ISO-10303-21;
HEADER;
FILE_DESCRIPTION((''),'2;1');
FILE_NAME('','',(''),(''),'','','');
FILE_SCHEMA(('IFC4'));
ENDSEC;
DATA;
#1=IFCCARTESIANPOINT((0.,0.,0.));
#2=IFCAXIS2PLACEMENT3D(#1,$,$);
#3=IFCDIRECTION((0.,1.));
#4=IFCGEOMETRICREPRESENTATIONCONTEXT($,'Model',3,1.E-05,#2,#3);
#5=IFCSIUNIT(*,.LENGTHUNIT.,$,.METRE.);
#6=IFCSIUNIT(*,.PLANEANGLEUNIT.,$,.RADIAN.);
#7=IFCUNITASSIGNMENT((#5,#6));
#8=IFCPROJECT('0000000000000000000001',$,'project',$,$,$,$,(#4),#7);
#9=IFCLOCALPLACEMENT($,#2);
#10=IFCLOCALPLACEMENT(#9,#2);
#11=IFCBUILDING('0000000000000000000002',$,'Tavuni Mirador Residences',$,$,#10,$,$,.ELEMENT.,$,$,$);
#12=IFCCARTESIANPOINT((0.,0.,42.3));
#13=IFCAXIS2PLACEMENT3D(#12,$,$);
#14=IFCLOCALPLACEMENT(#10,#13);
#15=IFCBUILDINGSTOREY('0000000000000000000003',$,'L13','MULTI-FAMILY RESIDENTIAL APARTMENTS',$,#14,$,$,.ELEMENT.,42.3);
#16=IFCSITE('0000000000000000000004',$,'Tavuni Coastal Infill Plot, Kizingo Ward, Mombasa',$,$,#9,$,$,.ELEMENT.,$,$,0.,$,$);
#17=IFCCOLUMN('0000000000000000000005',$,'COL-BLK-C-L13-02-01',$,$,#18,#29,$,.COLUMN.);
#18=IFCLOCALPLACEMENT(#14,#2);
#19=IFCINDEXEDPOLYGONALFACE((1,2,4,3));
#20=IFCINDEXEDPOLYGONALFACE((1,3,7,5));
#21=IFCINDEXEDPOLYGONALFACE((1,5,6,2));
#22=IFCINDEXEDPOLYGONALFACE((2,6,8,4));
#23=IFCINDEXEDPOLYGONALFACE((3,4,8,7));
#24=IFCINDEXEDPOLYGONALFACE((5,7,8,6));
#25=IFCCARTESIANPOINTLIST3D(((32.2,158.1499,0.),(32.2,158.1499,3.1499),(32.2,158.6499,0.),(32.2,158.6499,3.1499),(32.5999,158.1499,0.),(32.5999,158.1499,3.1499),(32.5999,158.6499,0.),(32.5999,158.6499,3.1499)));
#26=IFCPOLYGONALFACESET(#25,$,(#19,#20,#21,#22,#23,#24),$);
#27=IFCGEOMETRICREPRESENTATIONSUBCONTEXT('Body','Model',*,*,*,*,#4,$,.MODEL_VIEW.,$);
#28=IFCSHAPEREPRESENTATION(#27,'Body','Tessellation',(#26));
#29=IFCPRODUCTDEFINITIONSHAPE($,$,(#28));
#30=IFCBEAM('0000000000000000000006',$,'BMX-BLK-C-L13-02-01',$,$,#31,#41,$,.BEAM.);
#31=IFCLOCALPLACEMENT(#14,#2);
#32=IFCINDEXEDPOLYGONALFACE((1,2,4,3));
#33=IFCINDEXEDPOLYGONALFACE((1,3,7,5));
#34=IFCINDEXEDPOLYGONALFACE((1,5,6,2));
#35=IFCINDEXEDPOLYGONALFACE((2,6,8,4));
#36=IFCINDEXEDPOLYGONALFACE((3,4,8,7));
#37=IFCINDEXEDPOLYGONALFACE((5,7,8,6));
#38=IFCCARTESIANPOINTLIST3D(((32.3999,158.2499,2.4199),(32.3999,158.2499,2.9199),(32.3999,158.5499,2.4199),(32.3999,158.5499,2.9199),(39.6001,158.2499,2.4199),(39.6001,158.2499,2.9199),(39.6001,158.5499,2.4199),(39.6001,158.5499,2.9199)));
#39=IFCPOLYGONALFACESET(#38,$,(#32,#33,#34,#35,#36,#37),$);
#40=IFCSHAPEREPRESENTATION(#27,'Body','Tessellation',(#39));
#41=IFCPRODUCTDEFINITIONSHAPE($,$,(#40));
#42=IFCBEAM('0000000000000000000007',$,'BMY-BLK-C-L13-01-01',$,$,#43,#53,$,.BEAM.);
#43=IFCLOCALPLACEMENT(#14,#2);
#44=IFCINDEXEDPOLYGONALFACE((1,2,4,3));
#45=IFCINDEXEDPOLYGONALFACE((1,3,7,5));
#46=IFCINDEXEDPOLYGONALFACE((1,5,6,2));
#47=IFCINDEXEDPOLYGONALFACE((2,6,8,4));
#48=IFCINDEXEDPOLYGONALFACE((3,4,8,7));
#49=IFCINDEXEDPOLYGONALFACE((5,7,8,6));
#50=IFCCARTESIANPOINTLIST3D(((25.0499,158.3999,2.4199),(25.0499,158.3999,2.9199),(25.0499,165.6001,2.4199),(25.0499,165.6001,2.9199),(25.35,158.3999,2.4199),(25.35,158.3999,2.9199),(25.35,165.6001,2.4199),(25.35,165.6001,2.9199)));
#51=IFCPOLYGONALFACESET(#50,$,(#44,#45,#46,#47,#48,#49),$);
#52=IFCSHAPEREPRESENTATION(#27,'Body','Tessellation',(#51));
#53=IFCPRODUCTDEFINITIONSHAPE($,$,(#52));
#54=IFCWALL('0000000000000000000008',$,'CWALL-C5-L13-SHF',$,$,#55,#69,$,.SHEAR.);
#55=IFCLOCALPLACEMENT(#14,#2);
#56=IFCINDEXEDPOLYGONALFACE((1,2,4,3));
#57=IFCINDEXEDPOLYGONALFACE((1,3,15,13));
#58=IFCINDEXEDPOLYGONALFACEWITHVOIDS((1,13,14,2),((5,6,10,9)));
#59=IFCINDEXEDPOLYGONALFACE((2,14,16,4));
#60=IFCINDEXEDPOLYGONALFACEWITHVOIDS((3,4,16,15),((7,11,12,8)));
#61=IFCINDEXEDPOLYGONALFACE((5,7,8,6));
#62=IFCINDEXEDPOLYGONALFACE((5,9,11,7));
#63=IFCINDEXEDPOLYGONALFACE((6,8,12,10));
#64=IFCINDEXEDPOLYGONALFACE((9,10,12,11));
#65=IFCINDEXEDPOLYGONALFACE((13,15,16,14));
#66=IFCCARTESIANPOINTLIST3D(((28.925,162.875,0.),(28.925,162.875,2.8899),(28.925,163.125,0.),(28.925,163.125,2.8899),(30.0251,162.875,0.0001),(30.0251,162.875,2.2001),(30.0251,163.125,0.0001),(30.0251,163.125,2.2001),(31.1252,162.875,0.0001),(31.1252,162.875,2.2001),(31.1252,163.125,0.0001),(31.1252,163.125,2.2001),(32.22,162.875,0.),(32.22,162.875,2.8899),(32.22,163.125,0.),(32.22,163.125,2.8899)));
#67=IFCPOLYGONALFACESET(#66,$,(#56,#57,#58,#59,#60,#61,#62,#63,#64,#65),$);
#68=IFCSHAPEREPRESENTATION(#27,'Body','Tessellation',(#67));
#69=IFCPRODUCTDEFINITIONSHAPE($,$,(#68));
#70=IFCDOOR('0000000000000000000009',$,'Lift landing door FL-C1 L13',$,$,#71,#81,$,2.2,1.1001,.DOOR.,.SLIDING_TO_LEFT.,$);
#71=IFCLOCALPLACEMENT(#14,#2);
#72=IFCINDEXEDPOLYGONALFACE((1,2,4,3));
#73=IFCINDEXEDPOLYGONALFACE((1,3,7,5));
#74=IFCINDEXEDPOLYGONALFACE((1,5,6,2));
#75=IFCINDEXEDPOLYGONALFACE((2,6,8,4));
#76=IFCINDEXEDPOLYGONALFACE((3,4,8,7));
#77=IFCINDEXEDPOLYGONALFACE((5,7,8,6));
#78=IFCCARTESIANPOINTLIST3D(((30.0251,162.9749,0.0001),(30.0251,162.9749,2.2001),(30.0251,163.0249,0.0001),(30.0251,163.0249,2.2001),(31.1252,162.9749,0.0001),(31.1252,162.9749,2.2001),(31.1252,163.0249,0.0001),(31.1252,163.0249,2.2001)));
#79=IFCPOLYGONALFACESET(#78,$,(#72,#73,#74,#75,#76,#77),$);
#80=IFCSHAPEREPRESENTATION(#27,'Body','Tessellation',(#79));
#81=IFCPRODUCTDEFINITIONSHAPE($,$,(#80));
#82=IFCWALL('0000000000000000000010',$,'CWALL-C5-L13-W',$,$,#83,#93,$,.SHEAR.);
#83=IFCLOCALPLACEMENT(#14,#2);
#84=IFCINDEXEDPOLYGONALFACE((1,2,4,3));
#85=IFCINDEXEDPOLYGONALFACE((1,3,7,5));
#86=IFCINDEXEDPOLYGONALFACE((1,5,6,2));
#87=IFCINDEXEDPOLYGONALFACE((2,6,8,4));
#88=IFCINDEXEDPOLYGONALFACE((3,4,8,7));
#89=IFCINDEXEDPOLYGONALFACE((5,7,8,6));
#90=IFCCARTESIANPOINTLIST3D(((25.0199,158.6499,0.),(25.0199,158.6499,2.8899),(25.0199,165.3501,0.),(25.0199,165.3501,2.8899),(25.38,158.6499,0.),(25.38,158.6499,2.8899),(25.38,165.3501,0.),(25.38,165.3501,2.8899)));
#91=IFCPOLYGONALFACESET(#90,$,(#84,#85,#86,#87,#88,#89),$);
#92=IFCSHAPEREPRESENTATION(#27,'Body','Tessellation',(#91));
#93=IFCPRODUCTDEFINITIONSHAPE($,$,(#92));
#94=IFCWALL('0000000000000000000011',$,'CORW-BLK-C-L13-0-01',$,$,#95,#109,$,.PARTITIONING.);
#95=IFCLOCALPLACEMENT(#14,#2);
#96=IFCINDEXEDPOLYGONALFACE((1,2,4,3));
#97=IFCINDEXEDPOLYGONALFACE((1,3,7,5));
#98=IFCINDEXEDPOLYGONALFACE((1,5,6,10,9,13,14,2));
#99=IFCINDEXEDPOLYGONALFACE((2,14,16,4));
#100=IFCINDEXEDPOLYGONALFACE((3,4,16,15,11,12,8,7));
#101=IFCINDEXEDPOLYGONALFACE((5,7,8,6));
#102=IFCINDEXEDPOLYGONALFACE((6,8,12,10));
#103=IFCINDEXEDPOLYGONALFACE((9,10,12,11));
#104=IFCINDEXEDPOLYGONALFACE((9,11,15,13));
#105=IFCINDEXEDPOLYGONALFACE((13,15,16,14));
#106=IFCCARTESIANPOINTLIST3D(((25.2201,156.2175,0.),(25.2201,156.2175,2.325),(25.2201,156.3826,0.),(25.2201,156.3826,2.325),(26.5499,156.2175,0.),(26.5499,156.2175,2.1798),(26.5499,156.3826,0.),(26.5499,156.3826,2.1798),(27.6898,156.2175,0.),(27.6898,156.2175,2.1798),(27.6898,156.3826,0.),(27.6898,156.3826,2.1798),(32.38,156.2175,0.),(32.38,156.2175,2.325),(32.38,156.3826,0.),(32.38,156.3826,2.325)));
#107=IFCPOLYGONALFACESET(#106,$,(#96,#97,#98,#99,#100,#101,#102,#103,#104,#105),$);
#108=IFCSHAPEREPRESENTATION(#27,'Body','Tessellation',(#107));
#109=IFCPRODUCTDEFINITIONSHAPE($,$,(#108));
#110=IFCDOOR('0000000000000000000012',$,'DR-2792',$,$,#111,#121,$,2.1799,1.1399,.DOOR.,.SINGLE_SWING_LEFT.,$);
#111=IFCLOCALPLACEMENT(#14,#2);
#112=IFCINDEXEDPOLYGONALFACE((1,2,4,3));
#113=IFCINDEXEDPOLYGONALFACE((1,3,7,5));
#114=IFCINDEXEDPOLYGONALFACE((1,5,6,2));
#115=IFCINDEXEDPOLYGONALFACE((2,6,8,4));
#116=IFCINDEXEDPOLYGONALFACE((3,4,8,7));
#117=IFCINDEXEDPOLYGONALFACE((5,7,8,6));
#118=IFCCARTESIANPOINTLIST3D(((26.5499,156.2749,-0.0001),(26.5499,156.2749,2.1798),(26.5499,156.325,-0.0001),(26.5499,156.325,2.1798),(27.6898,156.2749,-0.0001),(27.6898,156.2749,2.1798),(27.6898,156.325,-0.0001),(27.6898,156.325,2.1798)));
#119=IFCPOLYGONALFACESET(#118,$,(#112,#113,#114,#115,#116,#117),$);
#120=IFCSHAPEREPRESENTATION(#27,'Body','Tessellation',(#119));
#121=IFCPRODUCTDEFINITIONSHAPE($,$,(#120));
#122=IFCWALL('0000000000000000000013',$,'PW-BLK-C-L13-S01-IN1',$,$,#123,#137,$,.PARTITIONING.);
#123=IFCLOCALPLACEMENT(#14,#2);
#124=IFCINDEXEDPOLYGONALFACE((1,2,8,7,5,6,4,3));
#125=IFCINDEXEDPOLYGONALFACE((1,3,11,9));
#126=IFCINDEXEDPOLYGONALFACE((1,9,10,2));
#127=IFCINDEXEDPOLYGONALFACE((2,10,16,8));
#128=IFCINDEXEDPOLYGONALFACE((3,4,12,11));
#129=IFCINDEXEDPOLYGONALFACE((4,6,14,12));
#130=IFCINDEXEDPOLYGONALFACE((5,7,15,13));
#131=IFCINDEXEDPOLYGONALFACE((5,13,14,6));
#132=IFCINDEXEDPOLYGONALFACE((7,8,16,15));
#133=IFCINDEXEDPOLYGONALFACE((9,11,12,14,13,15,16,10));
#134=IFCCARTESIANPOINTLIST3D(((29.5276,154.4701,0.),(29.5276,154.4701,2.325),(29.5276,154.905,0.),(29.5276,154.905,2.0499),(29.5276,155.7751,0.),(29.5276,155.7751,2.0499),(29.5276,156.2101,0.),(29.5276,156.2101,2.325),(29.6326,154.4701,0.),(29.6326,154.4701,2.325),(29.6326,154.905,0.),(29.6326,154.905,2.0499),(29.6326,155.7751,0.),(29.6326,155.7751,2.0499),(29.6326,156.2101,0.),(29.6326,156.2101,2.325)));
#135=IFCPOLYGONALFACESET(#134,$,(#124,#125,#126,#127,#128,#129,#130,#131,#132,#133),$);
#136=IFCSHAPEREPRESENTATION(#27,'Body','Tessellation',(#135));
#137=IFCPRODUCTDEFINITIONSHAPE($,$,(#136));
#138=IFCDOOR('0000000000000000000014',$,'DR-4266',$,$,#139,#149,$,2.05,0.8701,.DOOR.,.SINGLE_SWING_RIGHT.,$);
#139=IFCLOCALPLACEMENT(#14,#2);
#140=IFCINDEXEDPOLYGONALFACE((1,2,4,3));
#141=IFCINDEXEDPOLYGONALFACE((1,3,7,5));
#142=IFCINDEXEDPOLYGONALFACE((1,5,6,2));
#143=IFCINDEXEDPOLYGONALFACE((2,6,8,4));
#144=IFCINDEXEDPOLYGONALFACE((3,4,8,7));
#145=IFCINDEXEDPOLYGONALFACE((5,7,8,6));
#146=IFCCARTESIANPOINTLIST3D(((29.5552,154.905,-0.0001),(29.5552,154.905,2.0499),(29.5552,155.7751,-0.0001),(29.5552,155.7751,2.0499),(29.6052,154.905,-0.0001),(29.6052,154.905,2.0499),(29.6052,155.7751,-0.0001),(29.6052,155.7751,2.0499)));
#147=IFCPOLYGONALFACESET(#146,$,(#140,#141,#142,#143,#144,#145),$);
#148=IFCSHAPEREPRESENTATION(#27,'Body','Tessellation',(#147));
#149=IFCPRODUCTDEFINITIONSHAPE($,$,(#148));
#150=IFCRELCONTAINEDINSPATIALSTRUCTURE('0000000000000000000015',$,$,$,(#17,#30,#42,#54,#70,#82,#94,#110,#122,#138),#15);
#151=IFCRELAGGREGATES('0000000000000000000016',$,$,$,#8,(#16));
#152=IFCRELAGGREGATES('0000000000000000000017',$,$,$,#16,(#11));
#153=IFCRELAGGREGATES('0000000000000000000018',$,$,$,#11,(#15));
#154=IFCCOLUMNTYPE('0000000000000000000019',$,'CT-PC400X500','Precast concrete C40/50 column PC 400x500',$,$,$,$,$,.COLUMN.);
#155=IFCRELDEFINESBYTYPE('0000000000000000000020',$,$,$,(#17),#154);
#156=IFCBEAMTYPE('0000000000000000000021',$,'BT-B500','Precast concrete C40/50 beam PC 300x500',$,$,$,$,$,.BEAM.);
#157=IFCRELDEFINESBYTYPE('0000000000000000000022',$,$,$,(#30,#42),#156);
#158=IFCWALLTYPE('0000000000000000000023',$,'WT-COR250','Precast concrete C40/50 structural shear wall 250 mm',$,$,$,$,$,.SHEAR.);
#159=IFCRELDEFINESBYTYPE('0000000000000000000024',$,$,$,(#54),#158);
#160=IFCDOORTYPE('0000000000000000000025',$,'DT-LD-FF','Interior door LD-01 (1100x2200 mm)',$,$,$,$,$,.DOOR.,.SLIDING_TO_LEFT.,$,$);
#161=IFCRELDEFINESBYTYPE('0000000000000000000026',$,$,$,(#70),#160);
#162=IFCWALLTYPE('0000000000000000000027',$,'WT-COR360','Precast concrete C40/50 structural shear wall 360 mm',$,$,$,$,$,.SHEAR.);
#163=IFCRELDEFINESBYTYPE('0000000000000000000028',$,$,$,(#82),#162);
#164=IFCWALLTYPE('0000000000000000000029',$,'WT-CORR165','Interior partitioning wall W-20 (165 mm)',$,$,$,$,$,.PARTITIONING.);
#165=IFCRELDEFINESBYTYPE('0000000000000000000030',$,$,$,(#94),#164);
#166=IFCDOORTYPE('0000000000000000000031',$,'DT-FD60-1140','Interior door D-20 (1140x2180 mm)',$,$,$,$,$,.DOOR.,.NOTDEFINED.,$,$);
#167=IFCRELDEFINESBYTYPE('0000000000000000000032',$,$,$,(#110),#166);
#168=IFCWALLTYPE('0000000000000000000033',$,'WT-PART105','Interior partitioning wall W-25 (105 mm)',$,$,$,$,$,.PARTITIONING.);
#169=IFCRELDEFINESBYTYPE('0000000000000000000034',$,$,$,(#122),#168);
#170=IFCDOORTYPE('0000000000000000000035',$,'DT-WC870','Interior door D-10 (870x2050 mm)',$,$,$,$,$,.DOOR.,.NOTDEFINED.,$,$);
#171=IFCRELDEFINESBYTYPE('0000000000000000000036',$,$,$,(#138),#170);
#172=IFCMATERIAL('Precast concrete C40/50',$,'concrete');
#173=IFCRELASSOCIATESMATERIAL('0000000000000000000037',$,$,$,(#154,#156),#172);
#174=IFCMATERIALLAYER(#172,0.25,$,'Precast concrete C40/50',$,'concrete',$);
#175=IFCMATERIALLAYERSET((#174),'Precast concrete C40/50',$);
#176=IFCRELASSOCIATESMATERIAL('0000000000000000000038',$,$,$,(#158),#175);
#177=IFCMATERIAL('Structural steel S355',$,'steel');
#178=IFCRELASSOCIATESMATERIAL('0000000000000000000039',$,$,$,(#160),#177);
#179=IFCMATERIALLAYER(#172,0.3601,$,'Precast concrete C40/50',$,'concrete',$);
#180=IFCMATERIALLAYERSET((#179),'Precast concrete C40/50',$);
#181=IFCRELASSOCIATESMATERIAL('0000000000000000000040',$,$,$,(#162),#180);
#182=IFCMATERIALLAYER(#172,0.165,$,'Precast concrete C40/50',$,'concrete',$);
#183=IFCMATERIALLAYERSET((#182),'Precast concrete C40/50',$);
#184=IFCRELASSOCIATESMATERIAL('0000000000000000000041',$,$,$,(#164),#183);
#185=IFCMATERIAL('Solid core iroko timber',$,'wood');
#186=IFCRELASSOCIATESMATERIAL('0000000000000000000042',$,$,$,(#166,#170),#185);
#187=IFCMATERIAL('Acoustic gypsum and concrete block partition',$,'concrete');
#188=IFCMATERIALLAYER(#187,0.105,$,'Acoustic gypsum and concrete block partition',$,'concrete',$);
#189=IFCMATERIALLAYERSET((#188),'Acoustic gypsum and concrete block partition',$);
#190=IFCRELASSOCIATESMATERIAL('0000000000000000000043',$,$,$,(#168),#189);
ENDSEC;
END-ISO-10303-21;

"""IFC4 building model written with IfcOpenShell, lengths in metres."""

from ifc_helpers import new_model, si_unit, direction, frame, frame_2d, origin, origin_2d, place, context, subcontext, project, spatial, rectangle, extrude, material, layer, layer_set, material_profile, profile_set, type_object, element, fill, save


model = new_model("IFC4")

# Units and contexts
model_context = context("Model", 3, precision=1e-05, world=origin(), true_north=direction((0.0, 1.0)))
body_context = subcontext(model_context, "Body", "Model", "MODEL_VIEW")
ifc_project = project(units=[si_unit("LENGTHUNIT", "METRE"), si_unit("PLANEANGLEUNIT", "RADIAN")], contexts=[model_context])

# Site, building, storey
site_placement = place(None, origin())
site = spatial("IfcSite", under=ifc_project, at=site_placement, Name="Tavuni Coastal Infill Plot, Kizingo Ward, Mombasa", CompositionType="ELEMENT", RefElevation=0.0)
building_placement = place(site_placement, origin())
building = spatial("IfcBuilding", under=site, at=building_placement, Name="Tavuni Mirador Residences", CompositionType="ELEMENT")
storey_placement = place(building_placement, frame((0.0, 0.0, 42.3)))
storey = spatial("IfcBuildingStorey", under=building, at=storey_placement, Name="L13", Description="MULTI-FAMILY RESIDENTIAL APARTMENTS", CompositionType="ELEMENT", Elevation=42.3)

# Column
ifc_material_1 = material(Name="Precast concrete C40/50", Category="concrete")
ifc_material_profile_1 = material_profile(ifc_material_1, rectangle(XDim=0.3999, YDim=0.5, at=origin_2d()), Name="PC 400x500", Category="concrete")
ifc_profile_set_1 = profile_set([ifc_material_profile_1], Name="Precast concrete C40/50")
column_type = type_object("IfcColumnType", Name="CT-PC400X500", Description="Precast concrete C40/50 column PC 400x500", PredefinedType="COLUMN", material=ifc_profile_set_1)
column_placement = place(storey_placement, frame((32.3999, 158.3999, 0.0), z_axis=(0.0, 0.0, 1.0), x_axis=(1.0, 0.0, 0.0)))
element("IfcColumn", 1, at=column_placement, inside=storey, type_object=column_type, Name="COL-BLK-C-L13-02-01", PredefinedType="COLUMN", context=body_context, shape_type="SweptSolid", body=[
    extrude(rectangle(XDim=0.3999, YDim=0.5, at=origin_2d()), origin(), (0.0, 0.0, 1.0), 3.1499),
])

# Beams
ifc_material_profile_2 = material_profile(ifc_material_1, rectangle(XDim=0.3, YDim=0.5, at=origin_2d()), Name="PC 300x500", Category="concrete")
ifc_profile_set_2 = profile_set([ifc_material_profile_2], Name="Precast concrete C40/50")
beam_type = type_object("IfcBeamType", Name="BT-B500", Description="Precast concrete C40/50 beam PC 300x500", PredefinedType="BEAM", material=ifc_profile_set_2)
for number, where, z_axis, x_axis, name in (
    (2, (32.3999, 158.3999, 2.6699), (1.0, 0.0, 0.0), (0.0, 1.0, 0.0), "BMX-BLK-C-L13-02-01"),
    (3, (25.2, 158.3999, 2.6699), (0.0, 1.0, 0.0), (-1.0, 0.0, 0.0), "BMY-BLK-C-L13-01-01"),
):
    element("IfcBeam", number, at=place(storey_placement, frame(where, z_axis=z_axis, x_axis=x_axis)), inside=storey, type_object=beam_type, Name=name, PredefinedType="BEAM", context=body_context, shape_type="SweptSolid", body=[
        extrude(rectangle(XDim=0.3, YDim=0.5, at=origin_2d()), origin(), (0.0, 0.0, 1.0), 7.2002),
    ])

# Wall, opening, door
ifc_layer_1 = layer(ifc_material_1, 0.25, Name="Precast concrete C40/50", Category="concrete")
ifc_layer_set_1 = layer_set([ifc_layer_1], Name="Precast concrete C40/50")
wall_type_1 = type_object("IfcWallType", Name="WT-COR250", Description="Precast concrete C40/50 structural shear wall 250 mm", PredefinedType="SHEAR", material=ifc_layer_set_1)
ifc_material_2 = material(Name="Solid core iroko timber", Category="wood")
wall_1_placement = place(storey_placement, frame((28.925, 163.0, 0.0), z_axis=(0.0, 0.0, 1.0), x_axis=(1.0, 0.0, 0.0)))
wall_1 = element("IfcWall", 4, at=wall_1_placement, inside=storey, type_object=wall_type_1, Name="CWALL-C5-L13-SHF", PredefinedType="SHEAR", context=body_context, shape_type="SweptSolid", body=[
    extrude(rectangle(XDim=3.2949, YDim=0.25, at=frame_2d((1.6475, 0.0))), origin(), (0.0, 0.0, 1.0), 2.8899),
])
opening_1_placement = place(wall_1_placement, frame((1.1001, 0.0, 0.0)))
opening_1 = element("IfcOpeningElement", 5, at=opening_1_placement, cuts=wall_1, PredefinedType="OPENING", context=body_context, shape_type="SweptSolid", body=[
    extrude(rectangle(XDim=1.1001, YDim=2.2, at=frame_2d((0.55, 1.1001))), frame((0.0, 0.135, 0.0), z_axis=(0.0, -1.0, 0.0), x_axis=(1.0, 0.0, 0.0)), (0.0, 0.0, 1.0), 0.27),
])
ifc_material_3 = material(Name="Structural steel S355", Category="steel")
door_type_1 = type_object("IfcDoorType", Name="DT-LD-FF", Description="Interior door LD-01 (1100x2200 mm)", OperationType="SLIDING_TO_LEFT", PredefinedType="DOOR", material=ifc_material_3)
door_1_placement = place(opening_1_placement, origin())
door_1 = element("IfcDoor", 6, at=door_1_placement, inside=storey, type_object=door_type_1, Name="Lift landing door FL-C1 L13", OperationType="SLIDING_TO_LEFT", OverallHeight=2.2, OverallWidth=1.1001, PredefinedType="DOOR", context=body_context, shape_type="SweptSolid", body=[
    extrude(rectangle(XDim=1.1001, YDim=2.2, at=frame_2d((0.55, 1.1001))), frame((0.0, 0.0249, 0.0), z_axis=(0.0, -1.0, 0.0), x_axis=(1.0, 0.0, 0.0)), (0.0, 0.0, 1.0), 0.05),
])
fill(opening_1, door_1)

# Wall
ifc_layer_2 = layer(ifc_material_1, 0.3601, Name="Precast concrete C40/50", Category="concrete")
ifc_layer_set_2 = layer_set([ifc_layer_2], Name="Precast concrete C40/50")
wall_type_2 = type_object("IfcWallType", Name="WT-COR360", Description="Precast concrete C40/50 structural shear wall 360 mm", PredefinedType="SHEAR", material=ifc_layer_set_2)
wall_2_placement = place(storey_placement, frame((25.2, 158.6499, 0.0), z_axis=(0.0, 0.0, 1.0), x_axis=(0.0, 1.0, 0.0)))
element("IfcWall", 7, at=wall_2_placement, inside=storey, type_object=wall_type_2, Name="CWALL-C5-L13-W", PredefinedType="SHEAR", context=body_context, shape_type="SweptSolid", body=[
    extrude(rectangle(XDim=6.7002, YDim=0.3601, at=frame_2d((3.3501, 0.0))), origin(), (0.0, 0.0, 1.0), 2.8899),
])

# Walls, openings, doors
ifc_layer_3 = layer(ifc_material_1, 0.165, Name="Precast concrete C40/50", Category="concrete")
ifc_layer_set_3 = layer_set([ifc_layer_3], Name="Precast concrete C40/50")
wall_type_3 = type_object("IfcWallType", Name="WT-CORR165", Description="Interior partitioning wall W-20 (165 mm)", PredefinedType="PARTITIONING", material=ifc_layer_set_3)
wall_3_placement = place(storey_placement, frame((25.22, 156.3, 0.0), z_axis=(0.0, 0.0, 1.0), x_axis=(1.0, 0.0, 0.0)))
wall_3 = element("IfcWall", 8, at=wall_3_placement, inside=storey, type_object=wall_type_3, Name="CORW-BLK-C-L13-0-01", PredefinedType="PARTITIONING", context=body_context, shape_type="SweptSolid", body=[
    extrude(rectangle(XDim=7.1599, YDim=0.165, at=frame_2d((3.5801, 0.0))), origin(), (0.0, 0.0, 1.0), 2.325),
])
opening_2_placement = place(wall_3_placement, frame((1.3301, 0.0, 0.0)))
opening_2 = element("IfcOpeningElement", 9, at=opening_2_placement, cuts=wall_3, PredefinedType="OPENING", context=body_context, shape_type="SweptSolid", body=[
    extrude(rectangle(XDim=1.1399, YDim=2.1799, at=frame_2d((0.5698, 1.0898))), frame((0.0, 0.0925, 0.0), z_axis=(0.0, -1.0, 0.0), x_axis=(1.0, 0.0, 0.0)), (0.0, 0.0, 1.0), 0.1851),
])
door_type_2 = type_object("IfcDoorType", Name="DT-FD60-1140", Description="Interior door D-20 (1140x2180 mm)", OperationType="NOTDEFINED", PredefinedType="DOOR", material=ifc_material_2)
door_2_placement = place(opening_2_placement, origin())
door_2 = element("IfcDoor", 10, at=door_2_placement, inside=storey, type_object=door_type_2, Name="DR-2792", OperationType="SINGLE_SWING_LEFT", OverallHeight=2.1799, OverallWidth=1.1399, PredefinedType="DOOR", context=body_context, shape_type="SweptSolid", body=[
    extrude(rectangle(XDim=1.1399, YDim=2.1799, at=frame_2d((0.5698, 1.0898))), frame((0.0, 0.0249, 0.0), z_axis=(0.0, -1.0, 0.0), x_axis=(1.0, 0.0, 0.0)), (0.0, 0.0, 1.0), 0.05),
])
fill(opening_2, door_2)
ifc_material_4 = material(Name="Acoustic gypsum and concrete block partition", Category="concrete")
ifc_layer_4 = layer(ifc_material_4, 0.105, Name="Acoustic gypsum and concrete block partition", Category="concrete")
ifc_layer_set_4 = layer_set([ifc_layer_4], Name="Acoustic gypsum and concrete block partition")
wall_type_4 = type_object("IfcWallType", Name="WT-PART105", Description="Interior partitioning wall W-25 (105 mm)", PredefinedType="PARTITIONING", material=ifc_layer_set_4)
wall_4_placement = place(storey_placement, frame((29.5801, 154.47, 0.0), z_axis=(0.0, 0.0, 1.0), x_axis=(0.0, 1.0, 0.0)))
wall_4 = element("IfcWall", 11, at=wall_4_placement, inside=storey, type_object=wall_type_4, Name="PW-BLK-C-L13-S01-IN1", PredefinedType="PARTITIONING", context=body_context, shape_type="SweptSolid", body=[
    extrude(rectangle(XDim=1.74, YDim=0.105, at=frame_2d((0.8701, 0.0))), origin(), (0.0, 0.0, 1.0), 2.325),
])
opening_3_placement = place(wall_4_placement, frame((0.4351, 0.0, 0.0)))
opening_3 = element("IfcOpeningElement", 12, at=opening_3_placement, cuts=wall_4, PredefinedType="OPENING", context=body_context, shape_type="SweptSolid", body=[
    extrude(rectangle(XDim=0.8701, YDim=2.05, at=frame_2d((0.4351, 1.0249))), frame((0.0, 0.0625, 0.0), z_axis=(0.0, -1.0, 0.0), x_axis=(1.0, 0.0, 0.0)), (0.0, 0.0, 1.0), 0.125),
])
door_type_3 = type_object("IfcDoorType", Name="DT-WC870", Description="Interior door D-10 (870x2050 mm)", OperationType="NOTDEFINED", PredefinedType="DOOR", material=ifc_material_2)
door_3_placement = place(opening_3_placement, origin())
door_3 = element("IfcDoor", 13, at=door_3_placement, inside=storey, type_object=door_type_3, Name="DR-4266", OperationType="SINGLE_SWING_RIGHT", OverallHeight=2.05, OverallWidth=0.8701, PredefinedType="DOOR", context=body_context, shape_type="SweptSolid", body=[
    extrude(rectangle(XDim=0.8701, YDim=2.05, at=frame_2d((0.4351, 1.0249))), frame((0.0, 0.0249, 0.0), z_axis=(0.0, -1.0, 0.0), x_axis=(1.0, 0.0, 0.0)), (0.0, 0.0, 1.0), 0.05),
])
fill(opening_3, door_3)

save(model, "model.ifc")
